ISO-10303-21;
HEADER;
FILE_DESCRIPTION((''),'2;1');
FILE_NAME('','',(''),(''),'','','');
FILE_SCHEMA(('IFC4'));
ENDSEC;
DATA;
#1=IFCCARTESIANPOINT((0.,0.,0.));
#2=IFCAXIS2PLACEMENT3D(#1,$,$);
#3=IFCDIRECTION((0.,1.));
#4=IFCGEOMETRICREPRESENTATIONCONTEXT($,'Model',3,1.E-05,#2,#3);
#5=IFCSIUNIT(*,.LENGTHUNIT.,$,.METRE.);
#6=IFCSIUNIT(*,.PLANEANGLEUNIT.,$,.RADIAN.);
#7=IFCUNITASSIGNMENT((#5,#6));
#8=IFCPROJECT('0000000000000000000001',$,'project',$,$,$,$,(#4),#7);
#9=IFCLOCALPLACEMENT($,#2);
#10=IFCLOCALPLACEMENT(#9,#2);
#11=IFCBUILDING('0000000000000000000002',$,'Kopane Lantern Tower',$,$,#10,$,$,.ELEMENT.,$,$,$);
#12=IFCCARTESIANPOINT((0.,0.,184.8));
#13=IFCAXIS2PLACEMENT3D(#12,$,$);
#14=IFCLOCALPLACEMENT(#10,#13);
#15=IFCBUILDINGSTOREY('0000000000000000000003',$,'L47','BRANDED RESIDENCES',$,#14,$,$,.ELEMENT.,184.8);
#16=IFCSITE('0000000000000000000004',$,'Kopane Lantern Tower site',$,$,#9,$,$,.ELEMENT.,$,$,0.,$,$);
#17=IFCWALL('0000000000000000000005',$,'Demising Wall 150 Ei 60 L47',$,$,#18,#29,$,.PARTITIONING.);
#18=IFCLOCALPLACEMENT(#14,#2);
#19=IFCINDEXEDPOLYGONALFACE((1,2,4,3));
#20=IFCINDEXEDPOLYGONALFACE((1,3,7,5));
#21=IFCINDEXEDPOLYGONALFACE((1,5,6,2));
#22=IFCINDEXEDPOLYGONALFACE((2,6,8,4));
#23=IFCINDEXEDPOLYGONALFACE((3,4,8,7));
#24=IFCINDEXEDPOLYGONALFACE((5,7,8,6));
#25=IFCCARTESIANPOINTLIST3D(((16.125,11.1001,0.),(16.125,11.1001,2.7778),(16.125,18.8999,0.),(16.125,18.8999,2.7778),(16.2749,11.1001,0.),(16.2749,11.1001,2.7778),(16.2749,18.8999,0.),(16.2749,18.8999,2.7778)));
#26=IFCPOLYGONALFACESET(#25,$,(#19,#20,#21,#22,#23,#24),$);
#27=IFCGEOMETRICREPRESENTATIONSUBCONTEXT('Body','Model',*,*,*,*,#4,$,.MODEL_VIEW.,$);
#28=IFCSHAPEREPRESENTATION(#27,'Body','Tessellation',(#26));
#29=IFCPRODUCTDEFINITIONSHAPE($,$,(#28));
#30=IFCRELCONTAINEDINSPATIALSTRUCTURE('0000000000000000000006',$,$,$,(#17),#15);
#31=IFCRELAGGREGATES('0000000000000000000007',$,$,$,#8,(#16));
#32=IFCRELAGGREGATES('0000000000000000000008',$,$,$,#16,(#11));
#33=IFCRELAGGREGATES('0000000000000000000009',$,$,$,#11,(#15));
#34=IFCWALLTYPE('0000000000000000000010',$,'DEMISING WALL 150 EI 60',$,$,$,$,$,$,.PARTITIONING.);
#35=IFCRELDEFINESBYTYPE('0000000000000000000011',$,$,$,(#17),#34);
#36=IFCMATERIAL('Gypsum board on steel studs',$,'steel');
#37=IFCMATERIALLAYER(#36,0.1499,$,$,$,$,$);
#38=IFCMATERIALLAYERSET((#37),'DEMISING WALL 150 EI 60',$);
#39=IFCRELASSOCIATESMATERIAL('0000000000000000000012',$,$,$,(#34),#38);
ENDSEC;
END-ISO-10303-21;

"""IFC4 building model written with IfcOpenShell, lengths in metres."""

from ifc_helpers import new_model, si_unit, direction, frame, frame_2d, origin, place, context, subcontext, project, spatial, rectangle, extrude, material, layer, layer_set, type_object, element, save


model = new_model("IFC4")

# Units and contexts
model_context = context("Model", 3, precision=1e-05, world=origin(), true_north=direction((0.0, 1.0)))
body_context = subcontext(model_context, "Body", "Model", "MODEL_VIEW")
ifc_project = project(units=[si_unit("LENGTHUNIT", "METRE"), si_unit("PLANEANGLEUNIT", "RADIAN")], contexts=[model_context])

# Site, building, storey
site_placement = place(None, origin())
site = spatial("IfcSite", under=ifc_project, at=site_placement, Name="Kopane Lantern Tower site", CompositionType="ELEMENT", RefElevation=0.0)
building_placement = place(site_placement, origin())
building = spatial("IfcBuilding", under=site, at=building_placement, Name="Kopane Lantern Tower", CompositionType="ELEMENT")
storey_placement = place(building_placement, frame((0.0, 0.0, 184.8)))
storey = spatial("IfcBuildingStorey", under=building, at=storey_placement, Name="L47", Description="BRANDED RESIDENCES", CompositionType="ELEMENT", Elevation=184.8)

# Wall
ifc_material_1 = material(Name="Gypsum board on steel studs", Category="steel")
ifc_layer_1 = layer(ifc_material_1, 0.1499)
ifc_layer_set_1 = layer_set([ifc_layer_1], Name="DEMISING WALL 150 EI 60")
wall_type_1 = type_object("IfcWallType", Name="DEMISING WALL 150 EI 60", PredefinedType="PARTITIONING", material=ifc_layer_set_1)
wall_1_placement = place(storey_placement, frame((16.2, 18.8999, 0.0), z_axis=(0.0, 0.0, 1.0), x_axis=(0.0, -1.0, 0.0)))
element("IfcWall", 1, at=wall_1_placement, inside=storey, type_object=wall_type_1, Name="Demising Wall 150 Ei 60 L47", PredefinedType="PARTITIONING", context=body_context, shape_type="SweptSolid", body=[
    extrude(rectangle(XDim=7.7998, YDim=0.1499, at=frame_2d((3.8999, 0.0))), origin(), (0.0, 0.0, 1.0), 2.7778),
])

save(model, "model.ifc")
